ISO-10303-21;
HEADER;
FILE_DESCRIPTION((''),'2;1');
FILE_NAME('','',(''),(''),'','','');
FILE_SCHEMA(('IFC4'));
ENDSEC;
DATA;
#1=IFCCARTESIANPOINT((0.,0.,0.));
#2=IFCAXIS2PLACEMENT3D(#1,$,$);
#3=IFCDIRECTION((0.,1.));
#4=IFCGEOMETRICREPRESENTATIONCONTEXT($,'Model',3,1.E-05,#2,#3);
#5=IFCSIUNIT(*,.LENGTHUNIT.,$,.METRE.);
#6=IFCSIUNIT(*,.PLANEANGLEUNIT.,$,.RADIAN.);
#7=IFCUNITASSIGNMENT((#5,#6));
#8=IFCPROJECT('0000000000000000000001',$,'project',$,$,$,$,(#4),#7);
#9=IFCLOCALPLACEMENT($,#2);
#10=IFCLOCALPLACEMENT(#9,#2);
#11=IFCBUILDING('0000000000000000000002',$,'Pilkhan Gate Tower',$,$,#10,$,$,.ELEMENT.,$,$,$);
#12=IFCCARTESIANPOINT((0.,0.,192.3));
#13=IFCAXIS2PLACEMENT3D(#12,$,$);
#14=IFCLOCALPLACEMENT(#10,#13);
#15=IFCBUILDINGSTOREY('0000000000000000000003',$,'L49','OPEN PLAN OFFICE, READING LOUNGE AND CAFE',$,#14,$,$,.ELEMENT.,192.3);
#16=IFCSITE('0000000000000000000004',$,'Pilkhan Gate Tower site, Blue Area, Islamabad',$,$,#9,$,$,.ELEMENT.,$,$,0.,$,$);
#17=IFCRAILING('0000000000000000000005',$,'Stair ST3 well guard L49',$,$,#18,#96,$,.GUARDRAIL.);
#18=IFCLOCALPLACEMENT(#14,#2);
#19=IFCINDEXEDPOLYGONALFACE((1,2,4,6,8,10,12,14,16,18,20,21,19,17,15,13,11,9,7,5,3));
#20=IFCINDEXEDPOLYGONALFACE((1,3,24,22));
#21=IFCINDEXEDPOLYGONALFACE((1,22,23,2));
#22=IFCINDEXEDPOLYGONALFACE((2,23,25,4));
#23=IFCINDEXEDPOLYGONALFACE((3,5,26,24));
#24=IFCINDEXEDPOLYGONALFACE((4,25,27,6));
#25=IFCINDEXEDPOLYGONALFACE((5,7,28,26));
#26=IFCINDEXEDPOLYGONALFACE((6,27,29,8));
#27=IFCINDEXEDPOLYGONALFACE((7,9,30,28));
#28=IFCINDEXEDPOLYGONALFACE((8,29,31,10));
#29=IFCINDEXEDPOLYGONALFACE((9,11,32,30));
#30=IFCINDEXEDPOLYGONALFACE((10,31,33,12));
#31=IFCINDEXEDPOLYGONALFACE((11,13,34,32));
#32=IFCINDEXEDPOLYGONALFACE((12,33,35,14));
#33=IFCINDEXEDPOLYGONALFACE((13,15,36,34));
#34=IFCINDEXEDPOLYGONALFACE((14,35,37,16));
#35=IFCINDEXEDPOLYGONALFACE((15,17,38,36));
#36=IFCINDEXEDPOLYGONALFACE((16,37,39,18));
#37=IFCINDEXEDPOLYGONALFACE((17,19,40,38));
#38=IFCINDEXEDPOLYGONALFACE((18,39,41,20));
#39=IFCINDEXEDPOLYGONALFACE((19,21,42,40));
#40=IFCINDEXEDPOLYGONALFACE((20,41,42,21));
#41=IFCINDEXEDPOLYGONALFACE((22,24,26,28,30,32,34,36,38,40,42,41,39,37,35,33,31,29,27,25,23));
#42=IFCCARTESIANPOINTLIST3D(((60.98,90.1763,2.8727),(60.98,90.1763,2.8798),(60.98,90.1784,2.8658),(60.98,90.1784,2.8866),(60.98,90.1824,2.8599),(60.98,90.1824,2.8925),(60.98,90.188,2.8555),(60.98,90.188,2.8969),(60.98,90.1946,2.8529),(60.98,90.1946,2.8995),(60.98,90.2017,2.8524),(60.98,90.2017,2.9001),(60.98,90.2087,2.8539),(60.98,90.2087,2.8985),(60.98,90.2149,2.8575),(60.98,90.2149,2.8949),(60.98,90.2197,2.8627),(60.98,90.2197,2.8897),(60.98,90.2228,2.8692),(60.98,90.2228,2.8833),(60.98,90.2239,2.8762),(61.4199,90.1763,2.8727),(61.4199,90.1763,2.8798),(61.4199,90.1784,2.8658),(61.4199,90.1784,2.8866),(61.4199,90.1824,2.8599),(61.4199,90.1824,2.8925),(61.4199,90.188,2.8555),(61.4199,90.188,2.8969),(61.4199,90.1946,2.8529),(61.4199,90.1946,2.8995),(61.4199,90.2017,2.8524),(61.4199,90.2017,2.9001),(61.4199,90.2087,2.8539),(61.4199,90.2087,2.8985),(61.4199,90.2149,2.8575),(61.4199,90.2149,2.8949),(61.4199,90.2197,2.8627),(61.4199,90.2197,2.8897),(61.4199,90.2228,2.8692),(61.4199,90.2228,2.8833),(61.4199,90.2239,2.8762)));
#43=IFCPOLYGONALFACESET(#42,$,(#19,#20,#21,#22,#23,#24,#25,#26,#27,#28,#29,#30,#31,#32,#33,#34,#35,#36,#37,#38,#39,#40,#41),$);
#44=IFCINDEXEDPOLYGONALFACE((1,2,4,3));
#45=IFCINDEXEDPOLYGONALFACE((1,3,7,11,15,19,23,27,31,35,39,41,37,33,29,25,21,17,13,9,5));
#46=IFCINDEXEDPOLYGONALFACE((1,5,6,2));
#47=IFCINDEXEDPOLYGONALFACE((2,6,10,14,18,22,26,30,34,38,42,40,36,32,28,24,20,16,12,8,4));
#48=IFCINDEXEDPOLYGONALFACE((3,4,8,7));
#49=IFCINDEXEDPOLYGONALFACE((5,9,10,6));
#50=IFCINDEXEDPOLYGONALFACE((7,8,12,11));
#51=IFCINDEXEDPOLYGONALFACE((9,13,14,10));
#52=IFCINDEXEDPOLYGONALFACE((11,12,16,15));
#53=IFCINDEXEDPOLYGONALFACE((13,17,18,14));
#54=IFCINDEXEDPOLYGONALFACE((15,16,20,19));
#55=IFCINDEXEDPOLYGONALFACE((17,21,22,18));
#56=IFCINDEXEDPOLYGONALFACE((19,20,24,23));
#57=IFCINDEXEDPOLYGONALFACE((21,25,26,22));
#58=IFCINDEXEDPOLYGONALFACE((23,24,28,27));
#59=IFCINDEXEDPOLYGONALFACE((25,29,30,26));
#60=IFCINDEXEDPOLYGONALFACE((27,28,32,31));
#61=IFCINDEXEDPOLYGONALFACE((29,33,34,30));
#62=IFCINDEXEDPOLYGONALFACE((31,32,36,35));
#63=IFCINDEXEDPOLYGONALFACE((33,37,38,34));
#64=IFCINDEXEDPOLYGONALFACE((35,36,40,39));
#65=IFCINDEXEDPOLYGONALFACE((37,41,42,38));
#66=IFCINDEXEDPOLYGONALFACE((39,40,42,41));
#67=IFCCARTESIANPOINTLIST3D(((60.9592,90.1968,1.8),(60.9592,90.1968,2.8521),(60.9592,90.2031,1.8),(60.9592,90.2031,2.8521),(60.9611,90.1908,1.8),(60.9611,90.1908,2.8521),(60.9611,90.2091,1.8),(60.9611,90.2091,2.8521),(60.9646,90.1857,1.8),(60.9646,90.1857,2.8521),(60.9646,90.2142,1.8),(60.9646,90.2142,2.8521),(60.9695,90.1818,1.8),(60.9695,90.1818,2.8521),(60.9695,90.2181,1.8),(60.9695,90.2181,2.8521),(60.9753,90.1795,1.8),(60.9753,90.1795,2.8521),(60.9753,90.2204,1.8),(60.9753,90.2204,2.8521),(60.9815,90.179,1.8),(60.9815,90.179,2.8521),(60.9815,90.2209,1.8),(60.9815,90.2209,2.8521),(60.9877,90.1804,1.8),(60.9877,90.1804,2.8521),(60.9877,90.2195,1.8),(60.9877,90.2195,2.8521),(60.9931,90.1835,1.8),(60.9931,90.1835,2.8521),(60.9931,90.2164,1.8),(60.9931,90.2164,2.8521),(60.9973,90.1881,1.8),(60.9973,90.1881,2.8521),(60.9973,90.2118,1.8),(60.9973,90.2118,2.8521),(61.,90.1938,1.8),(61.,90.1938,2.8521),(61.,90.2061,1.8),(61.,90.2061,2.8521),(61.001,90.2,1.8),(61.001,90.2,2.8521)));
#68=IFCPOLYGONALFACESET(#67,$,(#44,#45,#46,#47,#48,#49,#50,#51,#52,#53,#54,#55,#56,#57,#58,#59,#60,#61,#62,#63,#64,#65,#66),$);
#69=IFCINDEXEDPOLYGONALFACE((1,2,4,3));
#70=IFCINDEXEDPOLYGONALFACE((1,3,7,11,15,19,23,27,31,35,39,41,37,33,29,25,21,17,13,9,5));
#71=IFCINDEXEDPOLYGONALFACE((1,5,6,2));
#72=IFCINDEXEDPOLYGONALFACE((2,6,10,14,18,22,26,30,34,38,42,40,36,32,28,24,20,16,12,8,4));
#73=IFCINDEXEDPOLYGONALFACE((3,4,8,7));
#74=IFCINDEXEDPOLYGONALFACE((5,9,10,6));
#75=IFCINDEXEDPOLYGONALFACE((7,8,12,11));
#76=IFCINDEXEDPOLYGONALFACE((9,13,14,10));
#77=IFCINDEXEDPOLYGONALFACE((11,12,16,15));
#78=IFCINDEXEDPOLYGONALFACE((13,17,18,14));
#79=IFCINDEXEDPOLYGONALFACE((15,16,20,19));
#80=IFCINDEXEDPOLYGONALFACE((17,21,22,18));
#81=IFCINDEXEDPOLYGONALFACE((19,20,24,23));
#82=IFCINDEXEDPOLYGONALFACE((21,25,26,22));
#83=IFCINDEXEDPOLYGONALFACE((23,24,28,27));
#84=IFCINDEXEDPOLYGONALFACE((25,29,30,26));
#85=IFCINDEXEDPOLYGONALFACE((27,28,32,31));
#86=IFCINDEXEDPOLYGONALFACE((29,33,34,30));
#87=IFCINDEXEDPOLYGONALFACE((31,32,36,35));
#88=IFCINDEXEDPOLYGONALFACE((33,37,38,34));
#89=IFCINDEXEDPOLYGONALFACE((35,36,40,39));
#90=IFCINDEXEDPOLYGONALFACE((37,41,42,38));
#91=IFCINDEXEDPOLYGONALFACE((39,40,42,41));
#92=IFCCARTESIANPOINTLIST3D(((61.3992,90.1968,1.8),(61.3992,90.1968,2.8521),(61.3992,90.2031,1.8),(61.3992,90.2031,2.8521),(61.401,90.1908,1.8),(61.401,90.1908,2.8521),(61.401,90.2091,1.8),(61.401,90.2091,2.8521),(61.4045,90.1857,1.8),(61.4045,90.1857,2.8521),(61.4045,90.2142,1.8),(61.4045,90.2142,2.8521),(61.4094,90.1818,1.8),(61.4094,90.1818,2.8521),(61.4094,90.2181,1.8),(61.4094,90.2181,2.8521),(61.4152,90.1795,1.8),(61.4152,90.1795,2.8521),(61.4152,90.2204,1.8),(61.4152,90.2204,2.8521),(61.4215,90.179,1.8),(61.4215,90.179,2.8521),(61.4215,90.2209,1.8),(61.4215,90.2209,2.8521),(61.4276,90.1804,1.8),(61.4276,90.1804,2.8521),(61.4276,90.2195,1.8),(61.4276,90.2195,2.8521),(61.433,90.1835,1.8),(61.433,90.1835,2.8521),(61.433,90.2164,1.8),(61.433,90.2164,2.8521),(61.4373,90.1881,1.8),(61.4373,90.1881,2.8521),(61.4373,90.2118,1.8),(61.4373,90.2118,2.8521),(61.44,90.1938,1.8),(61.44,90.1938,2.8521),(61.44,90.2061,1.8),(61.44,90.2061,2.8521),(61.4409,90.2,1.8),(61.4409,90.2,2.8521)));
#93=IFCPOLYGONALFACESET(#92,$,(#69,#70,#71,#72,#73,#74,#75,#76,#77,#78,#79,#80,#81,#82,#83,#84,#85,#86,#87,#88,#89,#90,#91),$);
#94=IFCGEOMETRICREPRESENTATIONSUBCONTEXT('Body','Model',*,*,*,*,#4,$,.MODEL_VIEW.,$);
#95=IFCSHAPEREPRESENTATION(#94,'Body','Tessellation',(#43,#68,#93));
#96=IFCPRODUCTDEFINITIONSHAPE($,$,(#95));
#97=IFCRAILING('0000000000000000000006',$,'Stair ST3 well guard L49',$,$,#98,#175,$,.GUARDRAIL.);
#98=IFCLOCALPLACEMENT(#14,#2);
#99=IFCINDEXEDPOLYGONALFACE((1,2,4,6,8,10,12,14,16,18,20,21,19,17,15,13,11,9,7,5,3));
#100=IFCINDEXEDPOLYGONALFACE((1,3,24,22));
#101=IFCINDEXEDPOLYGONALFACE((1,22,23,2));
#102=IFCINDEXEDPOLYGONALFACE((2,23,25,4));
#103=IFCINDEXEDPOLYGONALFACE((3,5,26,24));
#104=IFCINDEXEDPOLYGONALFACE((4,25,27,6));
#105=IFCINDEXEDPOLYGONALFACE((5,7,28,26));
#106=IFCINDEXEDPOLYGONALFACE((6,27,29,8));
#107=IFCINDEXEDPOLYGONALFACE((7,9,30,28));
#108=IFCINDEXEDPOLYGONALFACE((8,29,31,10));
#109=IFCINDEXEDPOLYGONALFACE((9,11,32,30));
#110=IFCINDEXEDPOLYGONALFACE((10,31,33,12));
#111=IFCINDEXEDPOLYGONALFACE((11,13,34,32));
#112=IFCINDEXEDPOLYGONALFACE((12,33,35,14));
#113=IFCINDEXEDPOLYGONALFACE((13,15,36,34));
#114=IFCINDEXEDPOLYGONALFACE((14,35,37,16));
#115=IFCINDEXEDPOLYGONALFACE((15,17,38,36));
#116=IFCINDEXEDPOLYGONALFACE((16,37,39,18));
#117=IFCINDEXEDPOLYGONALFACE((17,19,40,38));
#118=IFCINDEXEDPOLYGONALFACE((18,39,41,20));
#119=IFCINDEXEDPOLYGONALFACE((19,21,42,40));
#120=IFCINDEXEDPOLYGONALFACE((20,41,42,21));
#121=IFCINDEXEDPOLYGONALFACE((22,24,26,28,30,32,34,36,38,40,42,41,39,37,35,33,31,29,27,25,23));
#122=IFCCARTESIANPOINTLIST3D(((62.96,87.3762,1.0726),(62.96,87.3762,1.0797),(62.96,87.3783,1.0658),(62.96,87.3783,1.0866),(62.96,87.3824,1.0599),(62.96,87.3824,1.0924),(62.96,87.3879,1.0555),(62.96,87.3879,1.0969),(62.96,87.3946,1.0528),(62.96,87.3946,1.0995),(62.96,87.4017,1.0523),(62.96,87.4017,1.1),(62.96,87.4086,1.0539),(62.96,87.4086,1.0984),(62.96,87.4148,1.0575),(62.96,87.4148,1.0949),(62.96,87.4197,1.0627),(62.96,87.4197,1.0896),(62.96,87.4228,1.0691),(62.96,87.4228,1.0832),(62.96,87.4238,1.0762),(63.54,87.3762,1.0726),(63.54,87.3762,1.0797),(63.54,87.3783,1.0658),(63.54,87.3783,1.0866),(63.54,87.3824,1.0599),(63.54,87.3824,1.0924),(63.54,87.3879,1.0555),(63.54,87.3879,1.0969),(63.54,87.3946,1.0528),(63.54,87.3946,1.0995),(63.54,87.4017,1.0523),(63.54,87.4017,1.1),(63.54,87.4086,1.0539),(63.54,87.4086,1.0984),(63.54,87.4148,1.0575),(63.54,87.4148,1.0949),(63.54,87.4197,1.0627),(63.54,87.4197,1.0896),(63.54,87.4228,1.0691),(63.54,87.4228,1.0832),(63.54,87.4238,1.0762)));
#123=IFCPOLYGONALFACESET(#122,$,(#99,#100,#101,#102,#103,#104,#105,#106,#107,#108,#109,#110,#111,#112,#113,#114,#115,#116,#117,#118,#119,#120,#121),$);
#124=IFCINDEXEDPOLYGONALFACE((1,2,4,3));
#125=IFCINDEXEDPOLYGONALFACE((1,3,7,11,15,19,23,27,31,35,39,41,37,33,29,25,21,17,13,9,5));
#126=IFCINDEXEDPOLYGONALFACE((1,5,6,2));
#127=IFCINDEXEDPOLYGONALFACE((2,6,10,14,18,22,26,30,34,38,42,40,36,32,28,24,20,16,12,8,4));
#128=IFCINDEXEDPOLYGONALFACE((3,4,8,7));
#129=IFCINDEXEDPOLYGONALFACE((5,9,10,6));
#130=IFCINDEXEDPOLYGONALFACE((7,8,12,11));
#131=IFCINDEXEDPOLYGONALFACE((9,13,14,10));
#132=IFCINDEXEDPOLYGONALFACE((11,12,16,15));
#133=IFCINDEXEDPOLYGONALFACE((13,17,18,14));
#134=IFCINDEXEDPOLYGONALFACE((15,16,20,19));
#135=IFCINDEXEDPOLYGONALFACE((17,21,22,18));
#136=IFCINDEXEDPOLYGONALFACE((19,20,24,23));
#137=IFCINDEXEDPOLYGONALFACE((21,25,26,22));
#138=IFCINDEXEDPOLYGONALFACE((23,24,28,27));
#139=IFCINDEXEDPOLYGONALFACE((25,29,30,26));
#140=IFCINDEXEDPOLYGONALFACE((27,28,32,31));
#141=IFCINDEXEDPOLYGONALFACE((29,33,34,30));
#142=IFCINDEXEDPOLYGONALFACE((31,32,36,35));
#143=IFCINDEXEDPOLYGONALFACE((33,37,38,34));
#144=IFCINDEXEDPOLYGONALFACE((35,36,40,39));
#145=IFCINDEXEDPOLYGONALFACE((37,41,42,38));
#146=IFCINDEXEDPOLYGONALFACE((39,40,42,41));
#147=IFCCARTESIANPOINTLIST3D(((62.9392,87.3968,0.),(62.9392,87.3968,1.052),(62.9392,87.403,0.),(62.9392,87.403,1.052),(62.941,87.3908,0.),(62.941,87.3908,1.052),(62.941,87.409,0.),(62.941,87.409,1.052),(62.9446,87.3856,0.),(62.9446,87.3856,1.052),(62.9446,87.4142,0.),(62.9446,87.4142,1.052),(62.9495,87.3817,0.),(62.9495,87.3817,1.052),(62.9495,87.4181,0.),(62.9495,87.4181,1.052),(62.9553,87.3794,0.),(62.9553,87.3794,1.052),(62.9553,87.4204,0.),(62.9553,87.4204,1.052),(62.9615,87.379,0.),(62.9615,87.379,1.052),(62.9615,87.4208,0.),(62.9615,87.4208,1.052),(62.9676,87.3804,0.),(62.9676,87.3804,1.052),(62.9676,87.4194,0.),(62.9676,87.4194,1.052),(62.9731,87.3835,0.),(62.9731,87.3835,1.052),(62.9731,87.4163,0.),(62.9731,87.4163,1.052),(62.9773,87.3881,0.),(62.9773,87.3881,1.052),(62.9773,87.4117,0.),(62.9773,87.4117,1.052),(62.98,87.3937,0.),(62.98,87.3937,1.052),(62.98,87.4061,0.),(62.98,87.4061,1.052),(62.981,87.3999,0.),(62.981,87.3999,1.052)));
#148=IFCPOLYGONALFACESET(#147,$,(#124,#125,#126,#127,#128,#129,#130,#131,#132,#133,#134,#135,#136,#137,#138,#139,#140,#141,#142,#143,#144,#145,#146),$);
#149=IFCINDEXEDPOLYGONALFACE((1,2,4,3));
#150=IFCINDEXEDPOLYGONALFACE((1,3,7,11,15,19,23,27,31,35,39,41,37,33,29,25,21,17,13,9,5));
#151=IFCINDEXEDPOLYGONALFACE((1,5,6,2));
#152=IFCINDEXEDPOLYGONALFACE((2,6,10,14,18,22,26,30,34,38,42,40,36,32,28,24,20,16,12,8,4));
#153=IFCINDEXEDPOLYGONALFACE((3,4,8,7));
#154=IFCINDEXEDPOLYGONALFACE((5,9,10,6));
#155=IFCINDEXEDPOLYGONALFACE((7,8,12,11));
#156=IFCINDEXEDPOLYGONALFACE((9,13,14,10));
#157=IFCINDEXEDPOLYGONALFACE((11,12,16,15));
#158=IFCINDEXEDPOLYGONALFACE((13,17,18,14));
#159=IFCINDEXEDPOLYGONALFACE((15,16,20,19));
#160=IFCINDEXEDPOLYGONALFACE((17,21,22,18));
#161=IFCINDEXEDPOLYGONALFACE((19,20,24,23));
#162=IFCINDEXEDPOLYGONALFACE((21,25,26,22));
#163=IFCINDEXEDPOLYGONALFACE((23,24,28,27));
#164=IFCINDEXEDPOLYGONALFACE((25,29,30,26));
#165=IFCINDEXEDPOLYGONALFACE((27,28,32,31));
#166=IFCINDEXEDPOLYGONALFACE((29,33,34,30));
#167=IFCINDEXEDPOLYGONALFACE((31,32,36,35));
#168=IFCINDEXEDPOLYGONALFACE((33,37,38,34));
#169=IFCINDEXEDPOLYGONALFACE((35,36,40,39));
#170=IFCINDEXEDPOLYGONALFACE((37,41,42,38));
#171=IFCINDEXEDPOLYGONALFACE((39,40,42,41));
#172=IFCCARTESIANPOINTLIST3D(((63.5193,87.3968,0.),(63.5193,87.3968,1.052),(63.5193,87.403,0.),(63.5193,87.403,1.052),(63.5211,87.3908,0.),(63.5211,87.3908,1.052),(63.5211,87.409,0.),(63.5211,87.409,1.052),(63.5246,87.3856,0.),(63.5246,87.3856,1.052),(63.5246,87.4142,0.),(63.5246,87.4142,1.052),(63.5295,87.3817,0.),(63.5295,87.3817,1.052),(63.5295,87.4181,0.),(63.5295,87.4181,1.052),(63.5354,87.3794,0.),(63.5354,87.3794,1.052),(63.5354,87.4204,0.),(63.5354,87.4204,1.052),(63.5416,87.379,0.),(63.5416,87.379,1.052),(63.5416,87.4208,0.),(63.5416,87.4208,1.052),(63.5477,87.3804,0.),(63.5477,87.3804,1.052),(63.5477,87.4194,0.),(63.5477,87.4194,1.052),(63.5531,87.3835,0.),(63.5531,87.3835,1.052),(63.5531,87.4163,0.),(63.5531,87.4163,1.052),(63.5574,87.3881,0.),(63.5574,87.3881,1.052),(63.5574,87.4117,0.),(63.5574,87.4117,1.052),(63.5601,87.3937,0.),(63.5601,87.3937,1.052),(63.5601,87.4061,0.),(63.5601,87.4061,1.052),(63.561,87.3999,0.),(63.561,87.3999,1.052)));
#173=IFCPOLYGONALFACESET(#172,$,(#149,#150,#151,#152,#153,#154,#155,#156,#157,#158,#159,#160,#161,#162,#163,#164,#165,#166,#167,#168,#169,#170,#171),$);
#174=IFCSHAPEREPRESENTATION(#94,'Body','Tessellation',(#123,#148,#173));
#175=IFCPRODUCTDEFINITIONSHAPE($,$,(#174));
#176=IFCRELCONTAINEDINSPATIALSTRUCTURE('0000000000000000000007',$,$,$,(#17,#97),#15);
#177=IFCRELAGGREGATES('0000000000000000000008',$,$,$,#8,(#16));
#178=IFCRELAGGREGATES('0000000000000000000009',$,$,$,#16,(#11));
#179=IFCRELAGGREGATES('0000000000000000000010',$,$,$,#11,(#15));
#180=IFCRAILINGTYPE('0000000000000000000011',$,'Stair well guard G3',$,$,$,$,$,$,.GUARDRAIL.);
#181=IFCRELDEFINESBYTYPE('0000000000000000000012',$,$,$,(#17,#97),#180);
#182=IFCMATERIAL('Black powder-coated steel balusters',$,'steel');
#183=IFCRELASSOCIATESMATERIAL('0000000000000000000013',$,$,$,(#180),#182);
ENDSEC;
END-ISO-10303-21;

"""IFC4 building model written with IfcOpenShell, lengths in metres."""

from ifc_helpers import new_model, si_unit, direction, frame, origin, origin_2d, place, context, subcontext, project, spatial, circle, extrude, material, type_object, element, save


model = new_model("IFC4")

# Units and contexts
model_context = context("Model", 3, precision=1e-05, world=origin(), true_north=direction((0.0, 1.0)))
body_context = subcontext(model_context, "Body", "Model", "MODEL_VIEW")
ifc_project = project(units=[si_unit("LENGTHUNIT", "METRE"), si_unit("PLANEANGLEUNIT", "RADIAN")], contexts=[model_context])

# Site, building, storey
site_placement = place(None, origin())
site = spatial("IfcSite", under=ifc_project, at=site_placement, Name="Pilkhan Gate Tower site, Blue Area, Islamabad", CompositionType="ELEMENT", RefElevation=0.0)
building_placement = place(site_placement, origin())
building = spatial("IfcBuilding", under=site, at=building_placement, Name="Pilkhan Gate Tower", CompositionType="ELEMENT")
storey_placement = place(building_placement, frame((0.0, 0.0, 192.3)))
storey = spatial("IfcBuildingStorey", under=building, at=storey_placement, Name="L49", Description="OPEN PLAN OFFICE, READING LOUNGE AND CAFE", CompositionType="ELEMENT", Elevation=192.3)

# Railings
ifc_material_1 = material(Name="Black powder-coated steel balusters", Category="steel")
railing_type_1 = type_object("IfcRailingType", Name="Stair well guard G3", PredefinedType="GUARDRAIL", material=ifc_material_1)
railing_1_placement = place(storey_placement, frame((60.98, 90.2, 1.8)))
element("IfcRailing", 1, at=railing_1_placement, inside=storey, type_object=railing_type_1, Name="Stair ST3 well guard L49", PredefinedType="GUARDRAIL", context=body_context, shape_type="SweptSolid", body=[
    extrude(circle(Radius=0.0239, at=origin_2d()), frame((0.0, 0.0, 1.0762), z_axis=(1.0, 0.0, 0.0), x_axis=(0.0, 1.0, 0.0)), (0.0, 0.0, 1.0), 0.4399),
    extrude(circle(Radius=0.021, at=origin_2d()), origin(), (0.0, 0.0, 1.0), 1.052),
    extrude(circle(Radius=0.021, at=origin_2d()), frame((0.4399, 0.0, 0.0)), (0.0, 0.0, 1.0), 1.052),
])
for number, where, name in (
    (2, (62.96, 87.3999, 0.0), "Stair ST3 well guard L49"),
):
    element("IfcRailing", number, at=place(storey_placement, frame(where)), inside=storey, type_object=railing_type_1, Name=name, PredefinedType="GUARDRAIL", context=body_context, shape_type="SweptSolid", body=[
        extrude(circle(Radius=0.0239, at=origin_2d()), frame((0.0, 0.0, 1.0762), z_axis=(1.0, 0.0, 0.0), x_axis=(0.0, 1.0, 0.0)), (0.0, 0.0, 1.0), 0.5801),
        extrude(circle(Radius=0.021, at=origin_2d()), origin(), (0.0, 0.0, 1.0), 1.052),
        extrude(circle(Radius=0.021, at=origin_2d()), frame((0.5801, 0.0, 0.0)), (0.0, 0.0, 1.0), 1.052),
    ])

save(model, "model.ifc")
